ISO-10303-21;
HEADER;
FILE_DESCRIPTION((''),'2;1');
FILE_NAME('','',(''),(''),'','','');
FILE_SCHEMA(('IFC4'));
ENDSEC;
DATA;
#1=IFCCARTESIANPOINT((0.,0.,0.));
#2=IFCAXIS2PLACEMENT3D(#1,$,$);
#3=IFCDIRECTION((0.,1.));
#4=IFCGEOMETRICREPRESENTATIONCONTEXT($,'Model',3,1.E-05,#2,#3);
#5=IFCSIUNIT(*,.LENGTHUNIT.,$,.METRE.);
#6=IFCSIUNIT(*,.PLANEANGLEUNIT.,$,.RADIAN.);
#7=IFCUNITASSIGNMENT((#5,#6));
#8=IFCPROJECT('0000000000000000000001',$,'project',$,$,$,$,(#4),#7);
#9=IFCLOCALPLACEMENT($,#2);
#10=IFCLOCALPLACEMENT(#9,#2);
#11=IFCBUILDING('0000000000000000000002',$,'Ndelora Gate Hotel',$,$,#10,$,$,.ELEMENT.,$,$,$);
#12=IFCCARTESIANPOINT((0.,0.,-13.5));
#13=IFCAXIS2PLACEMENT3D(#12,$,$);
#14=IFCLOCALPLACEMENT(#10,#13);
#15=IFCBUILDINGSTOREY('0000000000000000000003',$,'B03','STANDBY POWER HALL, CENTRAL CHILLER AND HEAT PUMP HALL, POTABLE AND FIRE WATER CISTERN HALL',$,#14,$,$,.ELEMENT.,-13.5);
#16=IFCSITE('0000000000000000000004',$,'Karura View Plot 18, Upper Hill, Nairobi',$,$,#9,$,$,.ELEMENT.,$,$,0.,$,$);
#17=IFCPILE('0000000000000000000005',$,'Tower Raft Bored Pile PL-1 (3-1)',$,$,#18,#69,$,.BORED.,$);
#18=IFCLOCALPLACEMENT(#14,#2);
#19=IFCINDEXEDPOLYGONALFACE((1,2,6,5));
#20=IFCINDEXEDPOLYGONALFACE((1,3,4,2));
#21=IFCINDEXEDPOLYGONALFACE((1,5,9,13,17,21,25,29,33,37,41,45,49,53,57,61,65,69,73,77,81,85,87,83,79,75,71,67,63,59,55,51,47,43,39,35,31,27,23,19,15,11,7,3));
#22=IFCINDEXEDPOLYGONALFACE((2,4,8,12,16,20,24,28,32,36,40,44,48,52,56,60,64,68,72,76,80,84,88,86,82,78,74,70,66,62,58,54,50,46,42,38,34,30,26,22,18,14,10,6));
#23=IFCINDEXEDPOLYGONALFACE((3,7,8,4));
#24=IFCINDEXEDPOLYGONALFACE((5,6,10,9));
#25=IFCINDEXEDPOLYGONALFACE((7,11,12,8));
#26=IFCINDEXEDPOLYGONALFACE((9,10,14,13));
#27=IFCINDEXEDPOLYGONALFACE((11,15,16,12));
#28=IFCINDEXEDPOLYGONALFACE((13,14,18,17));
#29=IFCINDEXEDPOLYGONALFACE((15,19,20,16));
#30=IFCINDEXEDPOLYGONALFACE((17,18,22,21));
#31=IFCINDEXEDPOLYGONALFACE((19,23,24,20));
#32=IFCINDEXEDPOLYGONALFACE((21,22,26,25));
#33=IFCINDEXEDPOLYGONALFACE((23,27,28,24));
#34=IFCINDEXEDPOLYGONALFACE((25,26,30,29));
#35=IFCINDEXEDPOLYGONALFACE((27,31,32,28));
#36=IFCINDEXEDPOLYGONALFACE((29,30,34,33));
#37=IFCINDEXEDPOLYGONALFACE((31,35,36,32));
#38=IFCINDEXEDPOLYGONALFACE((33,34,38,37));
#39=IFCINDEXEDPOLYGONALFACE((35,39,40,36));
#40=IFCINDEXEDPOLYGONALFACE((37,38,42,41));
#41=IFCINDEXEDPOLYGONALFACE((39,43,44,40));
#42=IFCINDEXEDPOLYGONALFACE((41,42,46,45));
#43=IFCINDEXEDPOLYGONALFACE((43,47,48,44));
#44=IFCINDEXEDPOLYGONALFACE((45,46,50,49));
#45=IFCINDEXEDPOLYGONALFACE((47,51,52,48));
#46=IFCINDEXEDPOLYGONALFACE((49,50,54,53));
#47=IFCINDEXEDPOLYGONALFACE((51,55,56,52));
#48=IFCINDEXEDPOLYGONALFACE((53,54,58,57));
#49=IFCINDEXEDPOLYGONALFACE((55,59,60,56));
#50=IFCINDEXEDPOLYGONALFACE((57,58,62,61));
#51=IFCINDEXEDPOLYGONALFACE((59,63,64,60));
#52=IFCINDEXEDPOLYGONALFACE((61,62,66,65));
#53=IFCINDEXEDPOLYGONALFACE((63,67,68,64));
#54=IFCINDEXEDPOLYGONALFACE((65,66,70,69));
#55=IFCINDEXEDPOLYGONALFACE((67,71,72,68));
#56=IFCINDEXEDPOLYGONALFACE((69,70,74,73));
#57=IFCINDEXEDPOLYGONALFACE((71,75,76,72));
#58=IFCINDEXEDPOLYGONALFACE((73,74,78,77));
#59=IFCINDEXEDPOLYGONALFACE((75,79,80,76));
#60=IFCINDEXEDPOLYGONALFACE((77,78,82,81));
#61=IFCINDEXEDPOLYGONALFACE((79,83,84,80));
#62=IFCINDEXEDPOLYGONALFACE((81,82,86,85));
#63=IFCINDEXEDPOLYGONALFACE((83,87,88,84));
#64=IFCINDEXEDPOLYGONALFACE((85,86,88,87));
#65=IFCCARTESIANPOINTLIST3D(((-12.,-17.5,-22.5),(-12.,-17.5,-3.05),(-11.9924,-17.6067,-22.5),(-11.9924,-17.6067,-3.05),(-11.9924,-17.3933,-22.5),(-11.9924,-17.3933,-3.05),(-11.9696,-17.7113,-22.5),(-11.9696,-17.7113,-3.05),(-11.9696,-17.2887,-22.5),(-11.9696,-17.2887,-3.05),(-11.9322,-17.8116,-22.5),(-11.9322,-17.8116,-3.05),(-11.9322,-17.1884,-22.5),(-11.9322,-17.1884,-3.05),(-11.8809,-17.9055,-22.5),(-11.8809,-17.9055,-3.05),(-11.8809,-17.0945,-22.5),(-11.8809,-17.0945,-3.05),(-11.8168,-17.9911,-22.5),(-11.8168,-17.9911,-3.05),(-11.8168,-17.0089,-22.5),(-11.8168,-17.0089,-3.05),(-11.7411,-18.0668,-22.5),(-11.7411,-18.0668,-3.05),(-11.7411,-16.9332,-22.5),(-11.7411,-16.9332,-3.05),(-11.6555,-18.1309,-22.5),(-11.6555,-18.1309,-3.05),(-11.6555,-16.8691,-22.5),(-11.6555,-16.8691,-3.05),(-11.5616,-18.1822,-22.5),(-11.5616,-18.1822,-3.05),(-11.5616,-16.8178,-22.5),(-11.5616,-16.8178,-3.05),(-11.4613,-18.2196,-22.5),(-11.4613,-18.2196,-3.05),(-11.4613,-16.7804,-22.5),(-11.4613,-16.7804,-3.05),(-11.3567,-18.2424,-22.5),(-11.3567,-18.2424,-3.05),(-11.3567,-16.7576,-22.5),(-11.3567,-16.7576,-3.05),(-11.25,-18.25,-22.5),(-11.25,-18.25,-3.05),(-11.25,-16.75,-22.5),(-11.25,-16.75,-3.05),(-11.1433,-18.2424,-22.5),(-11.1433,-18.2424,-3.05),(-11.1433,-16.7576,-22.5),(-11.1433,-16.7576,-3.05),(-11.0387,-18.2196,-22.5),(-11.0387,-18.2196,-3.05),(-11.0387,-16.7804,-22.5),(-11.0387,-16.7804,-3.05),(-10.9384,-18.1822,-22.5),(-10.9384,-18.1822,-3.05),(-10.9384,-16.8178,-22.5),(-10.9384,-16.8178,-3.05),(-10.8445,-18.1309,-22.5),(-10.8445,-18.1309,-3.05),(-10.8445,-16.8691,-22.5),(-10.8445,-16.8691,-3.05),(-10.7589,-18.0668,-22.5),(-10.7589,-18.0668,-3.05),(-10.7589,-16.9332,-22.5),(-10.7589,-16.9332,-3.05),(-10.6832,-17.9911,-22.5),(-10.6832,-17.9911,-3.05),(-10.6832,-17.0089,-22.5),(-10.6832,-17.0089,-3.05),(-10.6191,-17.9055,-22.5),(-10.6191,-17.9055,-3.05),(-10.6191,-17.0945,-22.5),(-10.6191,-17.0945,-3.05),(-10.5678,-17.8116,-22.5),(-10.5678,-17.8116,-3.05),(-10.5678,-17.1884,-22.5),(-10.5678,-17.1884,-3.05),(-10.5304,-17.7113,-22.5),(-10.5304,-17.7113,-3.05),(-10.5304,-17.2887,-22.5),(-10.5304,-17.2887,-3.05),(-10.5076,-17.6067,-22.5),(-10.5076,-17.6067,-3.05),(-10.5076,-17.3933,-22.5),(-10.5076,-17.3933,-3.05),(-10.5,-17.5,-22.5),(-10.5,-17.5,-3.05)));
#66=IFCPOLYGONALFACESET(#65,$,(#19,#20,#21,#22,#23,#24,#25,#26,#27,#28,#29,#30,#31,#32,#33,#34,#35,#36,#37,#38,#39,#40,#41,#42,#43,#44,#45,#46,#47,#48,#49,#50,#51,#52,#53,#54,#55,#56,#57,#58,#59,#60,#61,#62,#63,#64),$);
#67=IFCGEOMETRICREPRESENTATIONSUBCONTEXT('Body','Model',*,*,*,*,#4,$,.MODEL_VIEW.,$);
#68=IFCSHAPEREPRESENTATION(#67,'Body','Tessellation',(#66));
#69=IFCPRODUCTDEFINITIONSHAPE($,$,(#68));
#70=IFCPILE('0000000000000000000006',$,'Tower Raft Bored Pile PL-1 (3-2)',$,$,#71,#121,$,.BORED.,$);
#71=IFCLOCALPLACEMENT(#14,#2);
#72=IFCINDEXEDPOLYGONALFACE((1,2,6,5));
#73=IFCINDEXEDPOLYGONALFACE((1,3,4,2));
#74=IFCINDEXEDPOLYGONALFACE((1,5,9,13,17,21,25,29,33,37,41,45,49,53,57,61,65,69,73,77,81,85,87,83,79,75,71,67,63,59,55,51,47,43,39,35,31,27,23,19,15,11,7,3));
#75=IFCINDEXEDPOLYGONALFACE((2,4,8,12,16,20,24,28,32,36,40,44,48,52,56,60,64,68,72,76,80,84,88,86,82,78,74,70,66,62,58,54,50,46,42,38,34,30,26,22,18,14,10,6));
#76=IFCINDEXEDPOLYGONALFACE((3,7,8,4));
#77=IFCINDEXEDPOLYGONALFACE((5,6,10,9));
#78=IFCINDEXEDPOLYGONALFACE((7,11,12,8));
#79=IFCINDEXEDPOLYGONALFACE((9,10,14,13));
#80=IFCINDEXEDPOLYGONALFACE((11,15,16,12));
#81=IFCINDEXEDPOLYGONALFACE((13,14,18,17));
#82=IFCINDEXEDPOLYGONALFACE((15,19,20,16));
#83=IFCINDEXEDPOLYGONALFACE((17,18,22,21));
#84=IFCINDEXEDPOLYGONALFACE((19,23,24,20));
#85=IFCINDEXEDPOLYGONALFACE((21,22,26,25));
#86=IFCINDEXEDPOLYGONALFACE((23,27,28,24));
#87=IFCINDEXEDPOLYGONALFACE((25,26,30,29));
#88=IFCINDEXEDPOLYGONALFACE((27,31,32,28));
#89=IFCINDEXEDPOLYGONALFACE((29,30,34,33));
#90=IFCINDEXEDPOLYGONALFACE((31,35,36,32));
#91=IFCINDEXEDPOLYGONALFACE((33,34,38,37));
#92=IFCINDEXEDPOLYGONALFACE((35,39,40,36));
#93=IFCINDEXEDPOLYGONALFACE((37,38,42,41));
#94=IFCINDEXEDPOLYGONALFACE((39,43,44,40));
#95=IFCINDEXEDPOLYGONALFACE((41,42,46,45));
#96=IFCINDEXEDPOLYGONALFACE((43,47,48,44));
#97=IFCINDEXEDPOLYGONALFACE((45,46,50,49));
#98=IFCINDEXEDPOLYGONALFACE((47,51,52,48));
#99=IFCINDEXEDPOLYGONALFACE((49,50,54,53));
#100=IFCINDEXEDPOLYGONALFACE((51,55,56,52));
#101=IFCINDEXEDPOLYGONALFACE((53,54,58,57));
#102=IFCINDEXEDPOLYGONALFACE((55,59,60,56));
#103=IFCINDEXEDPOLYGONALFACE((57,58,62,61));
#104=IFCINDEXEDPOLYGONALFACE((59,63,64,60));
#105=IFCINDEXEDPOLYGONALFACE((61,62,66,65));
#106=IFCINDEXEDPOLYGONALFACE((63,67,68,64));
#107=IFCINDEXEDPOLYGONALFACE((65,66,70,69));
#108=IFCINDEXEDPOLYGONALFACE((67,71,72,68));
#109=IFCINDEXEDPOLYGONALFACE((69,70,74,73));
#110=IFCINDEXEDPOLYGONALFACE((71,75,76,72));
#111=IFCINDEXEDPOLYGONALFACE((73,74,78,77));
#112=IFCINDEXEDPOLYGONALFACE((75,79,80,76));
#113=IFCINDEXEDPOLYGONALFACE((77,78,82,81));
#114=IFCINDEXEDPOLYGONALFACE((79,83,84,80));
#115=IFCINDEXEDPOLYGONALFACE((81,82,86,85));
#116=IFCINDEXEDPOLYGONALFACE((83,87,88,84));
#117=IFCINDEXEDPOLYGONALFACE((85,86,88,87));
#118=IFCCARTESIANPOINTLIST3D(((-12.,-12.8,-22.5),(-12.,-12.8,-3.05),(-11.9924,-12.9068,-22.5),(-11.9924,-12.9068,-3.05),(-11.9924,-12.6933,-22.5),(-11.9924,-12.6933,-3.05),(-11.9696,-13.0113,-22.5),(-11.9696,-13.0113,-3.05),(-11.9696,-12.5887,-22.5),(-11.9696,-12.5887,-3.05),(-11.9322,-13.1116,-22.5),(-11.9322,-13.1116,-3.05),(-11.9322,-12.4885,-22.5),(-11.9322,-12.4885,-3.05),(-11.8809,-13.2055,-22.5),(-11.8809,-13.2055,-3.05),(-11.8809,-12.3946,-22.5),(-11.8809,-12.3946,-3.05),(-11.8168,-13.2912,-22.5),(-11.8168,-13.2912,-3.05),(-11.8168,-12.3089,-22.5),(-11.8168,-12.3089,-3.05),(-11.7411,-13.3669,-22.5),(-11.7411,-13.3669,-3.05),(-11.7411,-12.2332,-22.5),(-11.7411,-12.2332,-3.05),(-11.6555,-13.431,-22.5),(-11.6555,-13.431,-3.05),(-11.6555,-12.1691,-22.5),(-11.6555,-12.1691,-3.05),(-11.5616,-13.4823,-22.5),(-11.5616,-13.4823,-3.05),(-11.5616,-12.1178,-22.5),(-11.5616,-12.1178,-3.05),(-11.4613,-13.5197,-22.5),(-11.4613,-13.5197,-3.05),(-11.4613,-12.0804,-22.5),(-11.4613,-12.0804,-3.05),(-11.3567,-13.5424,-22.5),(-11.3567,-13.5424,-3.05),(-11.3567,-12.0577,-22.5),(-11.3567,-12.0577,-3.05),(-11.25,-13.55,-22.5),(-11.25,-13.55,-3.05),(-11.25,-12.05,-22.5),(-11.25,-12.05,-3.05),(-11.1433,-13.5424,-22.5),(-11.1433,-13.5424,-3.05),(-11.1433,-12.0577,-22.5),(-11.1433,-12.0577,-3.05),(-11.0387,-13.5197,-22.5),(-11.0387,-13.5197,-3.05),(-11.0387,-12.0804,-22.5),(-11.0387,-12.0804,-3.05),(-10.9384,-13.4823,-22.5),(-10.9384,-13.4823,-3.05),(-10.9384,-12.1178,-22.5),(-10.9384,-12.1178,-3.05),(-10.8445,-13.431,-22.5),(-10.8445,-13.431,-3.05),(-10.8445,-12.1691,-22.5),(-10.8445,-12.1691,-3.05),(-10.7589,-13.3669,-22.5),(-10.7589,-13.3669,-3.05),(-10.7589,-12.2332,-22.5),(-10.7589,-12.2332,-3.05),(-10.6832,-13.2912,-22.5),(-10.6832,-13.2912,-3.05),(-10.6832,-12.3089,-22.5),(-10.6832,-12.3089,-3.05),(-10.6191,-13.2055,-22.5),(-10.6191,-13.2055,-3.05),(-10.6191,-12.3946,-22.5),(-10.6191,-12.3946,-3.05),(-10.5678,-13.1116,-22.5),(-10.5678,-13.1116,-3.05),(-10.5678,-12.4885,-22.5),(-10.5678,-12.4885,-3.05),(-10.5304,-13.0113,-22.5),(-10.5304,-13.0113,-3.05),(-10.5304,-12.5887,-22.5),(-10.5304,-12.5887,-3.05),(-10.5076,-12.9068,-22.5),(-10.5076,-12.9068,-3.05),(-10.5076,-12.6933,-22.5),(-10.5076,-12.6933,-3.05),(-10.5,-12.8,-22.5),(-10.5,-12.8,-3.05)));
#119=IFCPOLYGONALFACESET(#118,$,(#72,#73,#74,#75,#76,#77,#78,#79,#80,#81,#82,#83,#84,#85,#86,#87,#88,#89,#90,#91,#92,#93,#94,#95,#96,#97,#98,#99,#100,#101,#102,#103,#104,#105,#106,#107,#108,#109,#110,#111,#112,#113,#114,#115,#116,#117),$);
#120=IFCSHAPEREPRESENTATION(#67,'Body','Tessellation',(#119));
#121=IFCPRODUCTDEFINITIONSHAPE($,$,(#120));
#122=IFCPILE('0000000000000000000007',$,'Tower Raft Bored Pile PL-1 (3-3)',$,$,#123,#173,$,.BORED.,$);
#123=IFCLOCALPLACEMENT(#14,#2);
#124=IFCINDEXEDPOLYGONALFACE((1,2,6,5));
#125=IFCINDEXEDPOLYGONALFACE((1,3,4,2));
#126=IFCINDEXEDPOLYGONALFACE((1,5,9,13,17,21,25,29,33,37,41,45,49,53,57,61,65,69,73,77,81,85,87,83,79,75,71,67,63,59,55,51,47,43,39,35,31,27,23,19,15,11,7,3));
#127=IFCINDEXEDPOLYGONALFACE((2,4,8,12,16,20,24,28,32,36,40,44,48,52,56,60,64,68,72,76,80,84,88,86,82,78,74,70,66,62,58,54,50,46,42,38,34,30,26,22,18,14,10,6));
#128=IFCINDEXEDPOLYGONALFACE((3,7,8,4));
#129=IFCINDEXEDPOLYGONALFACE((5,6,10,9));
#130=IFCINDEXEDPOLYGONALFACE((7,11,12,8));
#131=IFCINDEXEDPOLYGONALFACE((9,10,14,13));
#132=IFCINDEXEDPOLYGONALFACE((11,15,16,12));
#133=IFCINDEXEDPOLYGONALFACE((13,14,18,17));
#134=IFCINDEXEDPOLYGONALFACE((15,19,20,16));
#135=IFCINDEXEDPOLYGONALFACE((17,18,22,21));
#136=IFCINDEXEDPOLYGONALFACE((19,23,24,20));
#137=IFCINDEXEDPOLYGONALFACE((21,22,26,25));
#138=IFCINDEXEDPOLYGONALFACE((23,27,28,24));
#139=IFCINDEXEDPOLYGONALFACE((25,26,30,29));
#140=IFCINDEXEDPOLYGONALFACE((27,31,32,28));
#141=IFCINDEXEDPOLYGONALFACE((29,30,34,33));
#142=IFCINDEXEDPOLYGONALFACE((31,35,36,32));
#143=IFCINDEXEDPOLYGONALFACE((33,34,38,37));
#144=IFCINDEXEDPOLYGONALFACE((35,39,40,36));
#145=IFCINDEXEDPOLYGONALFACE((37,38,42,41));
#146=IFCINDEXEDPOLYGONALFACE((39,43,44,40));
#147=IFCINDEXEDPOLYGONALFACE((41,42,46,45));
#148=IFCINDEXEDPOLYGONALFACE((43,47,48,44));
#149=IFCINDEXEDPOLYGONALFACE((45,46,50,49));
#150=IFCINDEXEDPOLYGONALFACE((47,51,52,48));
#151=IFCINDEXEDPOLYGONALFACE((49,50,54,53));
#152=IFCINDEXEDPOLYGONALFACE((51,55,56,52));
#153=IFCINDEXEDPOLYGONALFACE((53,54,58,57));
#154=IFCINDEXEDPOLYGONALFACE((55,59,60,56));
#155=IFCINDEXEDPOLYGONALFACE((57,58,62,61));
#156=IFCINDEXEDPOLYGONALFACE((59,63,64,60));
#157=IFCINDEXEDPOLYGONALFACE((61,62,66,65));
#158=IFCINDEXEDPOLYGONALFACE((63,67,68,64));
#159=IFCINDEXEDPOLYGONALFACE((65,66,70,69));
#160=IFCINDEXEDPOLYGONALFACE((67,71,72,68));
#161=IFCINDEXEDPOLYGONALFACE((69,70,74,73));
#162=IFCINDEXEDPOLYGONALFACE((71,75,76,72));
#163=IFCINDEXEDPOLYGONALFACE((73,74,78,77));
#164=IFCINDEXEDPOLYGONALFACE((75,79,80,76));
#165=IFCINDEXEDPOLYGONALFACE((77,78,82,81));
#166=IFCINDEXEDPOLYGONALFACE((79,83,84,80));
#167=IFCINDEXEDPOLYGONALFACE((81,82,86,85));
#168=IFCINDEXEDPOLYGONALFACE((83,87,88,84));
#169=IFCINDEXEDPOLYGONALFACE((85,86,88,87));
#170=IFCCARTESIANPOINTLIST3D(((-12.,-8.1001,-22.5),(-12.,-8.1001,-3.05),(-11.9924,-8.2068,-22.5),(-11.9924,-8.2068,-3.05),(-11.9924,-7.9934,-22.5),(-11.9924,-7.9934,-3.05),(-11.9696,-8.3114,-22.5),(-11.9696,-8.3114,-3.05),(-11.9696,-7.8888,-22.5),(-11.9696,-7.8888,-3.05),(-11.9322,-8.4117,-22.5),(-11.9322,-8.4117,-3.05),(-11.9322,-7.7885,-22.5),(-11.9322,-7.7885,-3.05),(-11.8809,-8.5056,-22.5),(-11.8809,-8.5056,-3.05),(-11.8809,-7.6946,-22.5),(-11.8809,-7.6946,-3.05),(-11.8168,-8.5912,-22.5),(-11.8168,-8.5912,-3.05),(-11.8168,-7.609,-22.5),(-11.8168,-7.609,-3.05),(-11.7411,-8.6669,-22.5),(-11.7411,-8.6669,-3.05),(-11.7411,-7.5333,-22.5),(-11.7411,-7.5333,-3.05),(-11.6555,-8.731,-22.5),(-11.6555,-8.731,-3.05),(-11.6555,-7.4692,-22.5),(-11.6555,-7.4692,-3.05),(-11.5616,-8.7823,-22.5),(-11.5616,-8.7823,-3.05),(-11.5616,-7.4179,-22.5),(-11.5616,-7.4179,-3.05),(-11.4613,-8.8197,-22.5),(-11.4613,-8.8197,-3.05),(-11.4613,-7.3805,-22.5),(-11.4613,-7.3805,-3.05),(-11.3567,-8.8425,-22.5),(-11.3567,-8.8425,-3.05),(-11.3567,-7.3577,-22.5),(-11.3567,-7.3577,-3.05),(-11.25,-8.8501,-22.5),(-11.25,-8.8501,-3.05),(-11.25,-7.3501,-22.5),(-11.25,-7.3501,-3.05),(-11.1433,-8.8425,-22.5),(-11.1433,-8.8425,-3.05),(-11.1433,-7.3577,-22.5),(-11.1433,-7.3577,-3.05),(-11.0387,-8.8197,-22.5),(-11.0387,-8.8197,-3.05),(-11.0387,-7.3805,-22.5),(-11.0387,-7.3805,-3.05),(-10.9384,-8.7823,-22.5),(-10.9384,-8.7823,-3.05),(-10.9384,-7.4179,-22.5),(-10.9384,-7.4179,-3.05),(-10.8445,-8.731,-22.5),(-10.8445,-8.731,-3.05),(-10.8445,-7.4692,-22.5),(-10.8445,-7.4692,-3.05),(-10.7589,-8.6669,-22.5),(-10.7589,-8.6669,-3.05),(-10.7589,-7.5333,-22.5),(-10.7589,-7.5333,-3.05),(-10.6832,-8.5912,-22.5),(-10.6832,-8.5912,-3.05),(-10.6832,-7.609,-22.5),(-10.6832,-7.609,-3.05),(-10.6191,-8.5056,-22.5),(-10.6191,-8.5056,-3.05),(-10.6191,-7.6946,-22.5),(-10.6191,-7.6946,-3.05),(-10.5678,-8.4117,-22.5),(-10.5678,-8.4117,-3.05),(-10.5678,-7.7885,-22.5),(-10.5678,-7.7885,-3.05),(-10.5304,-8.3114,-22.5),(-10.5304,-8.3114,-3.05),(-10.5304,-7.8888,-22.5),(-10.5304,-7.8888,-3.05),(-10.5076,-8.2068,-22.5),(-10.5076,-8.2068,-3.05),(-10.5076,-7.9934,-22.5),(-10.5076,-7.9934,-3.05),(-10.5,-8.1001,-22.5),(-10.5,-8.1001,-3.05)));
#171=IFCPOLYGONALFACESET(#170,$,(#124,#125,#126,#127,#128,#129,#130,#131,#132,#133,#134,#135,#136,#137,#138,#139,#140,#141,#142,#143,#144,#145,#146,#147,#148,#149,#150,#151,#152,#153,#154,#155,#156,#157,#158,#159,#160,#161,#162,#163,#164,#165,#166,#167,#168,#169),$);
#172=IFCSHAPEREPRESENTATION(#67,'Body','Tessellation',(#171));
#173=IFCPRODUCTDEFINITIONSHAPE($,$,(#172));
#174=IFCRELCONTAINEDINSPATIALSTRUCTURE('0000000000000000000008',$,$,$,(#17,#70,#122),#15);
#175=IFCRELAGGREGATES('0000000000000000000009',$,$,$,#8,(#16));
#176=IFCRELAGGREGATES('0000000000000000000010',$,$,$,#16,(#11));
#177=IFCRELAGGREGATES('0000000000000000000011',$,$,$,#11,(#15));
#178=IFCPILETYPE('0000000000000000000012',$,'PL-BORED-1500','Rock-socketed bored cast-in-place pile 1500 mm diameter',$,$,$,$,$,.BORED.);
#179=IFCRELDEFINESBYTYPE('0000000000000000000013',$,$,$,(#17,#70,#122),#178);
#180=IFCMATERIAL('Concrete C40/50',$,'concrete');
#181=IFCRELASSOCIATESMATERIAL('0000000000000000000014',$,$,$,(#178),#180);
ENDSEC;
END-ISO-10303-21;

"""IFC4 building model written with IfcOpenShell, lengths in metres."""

from ifc_helpers import new_model, si_unit, direction, frame, origin, origin_2d, place, context, subcontext, project, spatial, circle, extrude, material, material_profile, profile_set, type_object, element, save


model = new_model("IFC4")

# Units and contexts
model_context = context("Model", 3, precision=1e-05, world=origin(), true_north=direction((0.0, 1.0)))
body_context = subcontext(model_context, "Body", "Model", "MODEL_VIEW")
ifc_project = project(units=[si_unit("LENGTHUNIT", "METRE"), si_unit("PLANEANGLEUNIT", "RADIAN")], contexts=[model_context])

# Site, building, storey
site_placement = place(None, origin())
site = spatial("IfcSite", under=ifc_project, at=site_placement, Name="Karura View Plot 18, Upper Hill, Nairobi", CompositionType="ELEMENT", RefElevation=0.0)
building_placement = place(site_placement, origin())
building = spatial("IfcBuilding", under=site, at=building_placement, Name="Ndelora Gate Hotel", CompositionType="ELEMENT")
storey_placement = place(building_placement, frame((0.0, 0.0, -13.5)))
storey = spatial("IfcBuildingStorey", under=building, at=storey_placement, Name="B03", Description="STANDBY POWER HALL, CENTRAL CHILLER AND HEAT PUMP HALL, POTABLE AND FIRE WATER CISTERN HALL", CompositionType="ELEMENT", Elevation=-13.5)

# Piles
ifc_material_1 = material(Name="Concrete C40/50", Category="concrete")
ifc_material_profile_1 = material_profile(ifc_material_1, circle(Radius=0.75, at=origin_2d()), Name="PILE D1500")
ifc_profile_set_1 = profile_set([ifc_material_profile_1], Name="Concrete C40/50")
pile_type = type_object("IfcPileType", Name="PL-BORED-1500", Description="Rock-socketed bored cast-in-place pile 1500 mm diameter", PredefinedType="BORED", material=ifc_profile_set_1)
for number, where, z_axis, x_axis, name in (
    (1, (-11.25, -17.5, -3.05), (0.0, 0.0, -1.0), (1.0, 0.0, 0.0), "Tower Raft Bored Pile PL-1 (3-1)"),
    (2, (-11.25, -12.8, -3.05), (0.0, 0.0, -1.0), (1.0, 0.0, 0.0), "Tower Raft Bored Pile PL-1 (3-2)"),
    (3, (-11.25, -8.1001, -3.05), (0.0, 0.0, -1.0), (1.0, 0.0, 0.0), "Tower Raft Bored Pile PL-1 (3-3)"),
):
    element("IfcPile", number, at=place(storey_placement, frame(where, z_axis=z_axis, x_axis=x_axis)), inside=storey, type_object=pile_type, Name=name, PredefinedType="BORED", context=body_context, shape_type="SweptSolid", body=[
        extrude(circle(Radius=0.75, at=origin_2d()), origin(), (0.0, 0.0, 1.0), 19.45),
    ])

save(model, "model.ifc")
